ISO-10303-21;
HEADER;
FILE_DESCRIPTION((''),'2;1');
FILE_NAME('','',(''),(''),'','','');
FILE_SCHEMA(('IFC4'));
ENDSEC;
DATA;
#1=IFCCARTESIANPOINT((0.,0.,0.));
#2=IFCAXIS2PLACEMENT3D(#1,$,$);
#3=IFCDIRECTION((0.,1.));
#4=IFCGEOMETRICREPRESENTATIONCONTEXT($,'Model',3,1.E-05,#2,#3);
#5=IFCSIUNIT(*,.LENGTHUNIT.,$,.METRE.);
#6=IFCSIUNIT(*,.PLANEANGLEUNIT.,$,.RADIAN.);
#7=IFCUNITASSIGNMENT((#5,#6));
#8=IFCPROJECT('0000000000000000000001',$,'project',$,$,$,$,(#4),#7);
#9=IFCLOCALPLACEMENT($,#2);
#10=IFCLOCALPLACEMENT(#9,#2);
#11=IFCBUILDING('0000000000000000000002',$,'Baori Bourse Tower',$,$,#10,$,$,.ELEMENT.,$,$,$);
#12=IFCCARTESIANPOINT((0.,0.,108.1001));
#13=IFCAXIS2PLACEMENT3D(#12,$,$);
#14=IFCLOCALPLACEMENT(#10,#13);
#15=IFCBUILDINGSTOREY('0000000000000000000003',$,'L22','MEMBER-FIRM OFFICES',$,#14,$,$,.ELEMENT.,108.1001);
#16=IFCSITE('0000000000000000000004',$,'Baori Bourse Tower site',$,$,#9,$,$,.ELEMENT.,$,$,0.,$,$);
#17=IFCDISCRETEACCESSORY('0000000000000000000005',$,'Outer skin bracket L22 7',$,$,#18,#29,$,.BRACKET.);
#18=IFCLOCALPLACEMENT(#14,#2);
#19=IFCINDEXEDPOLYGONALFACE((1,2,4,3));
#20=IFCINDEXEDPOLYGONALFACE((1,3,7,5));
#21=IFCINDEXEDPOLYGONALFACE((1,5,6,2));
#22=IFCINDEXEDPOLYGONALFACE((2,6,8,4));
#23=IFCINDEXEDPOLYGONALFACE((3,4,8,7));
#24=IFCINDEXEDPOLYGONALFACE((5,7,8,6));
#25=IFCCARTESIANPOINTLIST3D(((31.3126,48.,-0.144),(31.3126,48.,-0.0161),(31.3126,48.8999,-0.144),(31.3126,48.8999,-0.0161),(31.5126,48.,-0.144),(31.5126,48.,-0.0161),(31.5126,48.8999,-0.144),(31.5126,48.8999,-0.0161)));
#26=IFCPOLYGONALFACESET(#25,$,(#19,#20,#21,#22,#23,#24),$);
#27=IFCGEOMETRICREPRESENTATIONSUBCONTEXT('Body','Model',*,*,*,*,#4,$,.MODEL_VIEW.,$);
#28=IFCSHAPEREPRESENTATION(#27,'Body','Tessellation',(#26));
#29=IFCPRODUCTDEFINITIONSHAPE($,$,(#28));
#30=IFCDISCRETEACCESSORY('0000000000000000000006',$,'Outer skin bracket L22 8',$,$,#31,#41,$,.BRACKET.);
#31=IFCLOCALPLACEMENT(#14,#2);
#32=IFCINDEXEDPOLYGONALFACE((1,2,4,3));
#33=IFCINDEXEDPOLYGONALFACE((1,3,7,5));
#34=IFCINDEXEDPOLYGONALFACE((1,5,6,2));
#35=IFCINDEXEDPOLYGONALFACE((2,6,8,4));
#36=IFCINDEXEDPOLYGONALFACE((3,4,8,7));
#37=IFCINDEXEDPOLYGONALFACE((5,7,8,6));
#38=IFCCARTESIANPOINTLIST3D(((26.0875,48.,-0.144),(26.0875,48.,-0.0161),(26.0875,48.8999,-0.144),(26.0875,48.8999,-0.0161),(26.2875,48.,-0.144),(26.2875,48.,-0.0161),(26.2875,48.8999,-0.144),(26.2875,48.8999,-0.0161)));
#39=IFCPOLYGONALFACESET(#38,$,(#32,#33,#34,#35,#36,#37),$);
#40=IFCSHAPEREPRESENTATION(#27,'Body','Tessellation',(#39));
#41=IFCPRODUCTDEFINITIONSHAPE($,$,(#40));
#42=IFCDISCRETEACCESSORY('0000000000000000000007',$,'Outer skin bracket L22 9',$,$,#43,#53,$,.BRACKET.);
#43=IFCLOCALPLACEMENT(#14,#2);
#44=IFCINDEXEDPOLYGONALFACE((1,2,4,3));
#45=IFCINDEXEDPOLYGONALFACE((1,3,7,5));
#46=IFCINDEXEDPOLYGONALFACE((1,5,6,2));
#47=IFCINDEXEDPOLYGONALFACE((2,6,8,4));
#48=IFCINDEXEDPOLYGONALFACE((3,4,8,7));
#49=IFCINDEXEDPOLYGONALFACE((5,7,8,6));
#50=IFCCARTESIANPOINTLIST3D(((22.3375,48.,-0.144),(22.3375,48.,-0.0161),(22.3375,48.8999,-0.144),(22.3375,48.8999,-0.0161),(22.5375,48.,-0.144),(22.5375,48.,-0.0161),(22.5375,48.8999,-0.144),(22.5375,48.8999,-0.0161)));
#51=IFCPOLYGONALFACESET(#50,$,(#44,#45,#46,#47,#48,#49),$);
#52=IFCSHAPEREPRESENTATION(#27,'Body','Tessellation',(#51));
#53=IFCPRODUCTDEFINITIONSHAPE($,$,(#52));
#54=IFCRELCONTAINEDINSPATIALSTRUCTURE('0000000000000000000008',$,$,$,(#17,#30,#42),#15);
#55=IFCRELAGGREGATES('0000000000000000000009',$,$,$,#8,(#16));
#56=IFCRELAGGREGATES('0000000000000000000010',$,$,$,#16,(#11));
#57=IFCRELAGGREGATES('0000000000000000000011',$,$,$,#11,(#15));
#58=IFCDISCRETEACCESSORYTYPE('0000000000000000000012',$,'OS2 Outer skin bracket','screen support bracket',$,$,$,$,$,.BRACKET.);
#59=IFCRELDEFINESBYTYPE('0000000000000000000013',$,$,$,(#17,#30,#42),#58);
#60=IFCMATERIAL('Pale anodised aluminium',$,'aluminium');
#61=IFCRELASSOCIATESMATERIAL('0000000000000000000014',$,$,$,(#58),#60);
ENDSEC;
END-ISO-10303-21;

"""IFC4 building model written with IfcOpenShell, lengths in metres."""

from ifc_helpers import new_model, si_unit, direction, frame, origin, origin_2d, place, context, subcontext, project, spatial, rectangle, extrude, material, type_object, element, save


model = new_model("IFC4")

# Units and contexts
model_context = context("Model", 3, precision=1e-05, world=origin(), true_north=direction((0.0, 1.0)))
body_context = subcontext(model_context, "Body", "Model", "MODEL_VIEW")
ifc_project = project(units=[si_unit("LENGTHUNIT", "METRE"), si_unit("PLANEANGLEUNIT", "RADIAN")], contexts=[model_context])

# Site, building, storey
site_placement = place(None, origin())
site = spatial("IfcSite", under=ifc_project, at=site_placement, Name="Baori Bourse Tower site", CompositionType="ELEMENT", RefElevation=0.0)
building_placement = place(site_placement, origin())
building = spatial("IfcBuilding", under=site, at=building_placement, Name="Baori Bourse Tower", CompositionType="ELEMENT")
storey_placement = place(building_placement, frame((0.0, 0.0, 108.1001)))
storey = spatial("IfcBuildingStorey", under=building, at=storey_placement, Name="L22", Description="MEMBER-FIRM OFFICES", CompositionType="ELEMENT", Elevation=108.1001)

# Discrete accessories
ifc_material_1 = material(Name="Pale anodised aluminium", Category="aluminium")
discrete_accessory_type = type_object("IfcDiscreteAccessoryType", Name="OS2 Outer skin bracket", Description="screen support bracket", PredefinedType="BRACKET", material=ifc_material_1)
for number, where, z_axis, x_axis, name in (
    (1, (31.4126, 48.45, -0.144), (0.0, 0.0, 1.0), (-1.0, 0.0, 0.0), "Outer skin bracket L22 7"),
    (2, (26.1875, 48.45, -0.144), (0.0, 0.0, 1.0), (-1.0, 0.0, 0.0), "Outer skin bracket L22 8"),
    (3, (22.4375, 48.45, -0.144), (0.0, 0.0, 1.0), (-1.0, 0.0, 0.0), "Outer skin bracket L22 9"),
):
    element("IfcDiscreteAccessory", number, at=place(storey_placement, frame(where, z_axis=z_axis, x_axis=x_axis)), inside=storey, type_object=discrete_accessory_type, Name=name, PredefinedType="BRACKET", context=body_context, shape_type="SweptSolid", body=[
        extrude(rectangle(XDim=0.2, YDim=0.8999, at=origin_2d()), origin(), (0.0, 0.0, 1.0), 0.1279),
    ])

save(model, "model.ifc")
